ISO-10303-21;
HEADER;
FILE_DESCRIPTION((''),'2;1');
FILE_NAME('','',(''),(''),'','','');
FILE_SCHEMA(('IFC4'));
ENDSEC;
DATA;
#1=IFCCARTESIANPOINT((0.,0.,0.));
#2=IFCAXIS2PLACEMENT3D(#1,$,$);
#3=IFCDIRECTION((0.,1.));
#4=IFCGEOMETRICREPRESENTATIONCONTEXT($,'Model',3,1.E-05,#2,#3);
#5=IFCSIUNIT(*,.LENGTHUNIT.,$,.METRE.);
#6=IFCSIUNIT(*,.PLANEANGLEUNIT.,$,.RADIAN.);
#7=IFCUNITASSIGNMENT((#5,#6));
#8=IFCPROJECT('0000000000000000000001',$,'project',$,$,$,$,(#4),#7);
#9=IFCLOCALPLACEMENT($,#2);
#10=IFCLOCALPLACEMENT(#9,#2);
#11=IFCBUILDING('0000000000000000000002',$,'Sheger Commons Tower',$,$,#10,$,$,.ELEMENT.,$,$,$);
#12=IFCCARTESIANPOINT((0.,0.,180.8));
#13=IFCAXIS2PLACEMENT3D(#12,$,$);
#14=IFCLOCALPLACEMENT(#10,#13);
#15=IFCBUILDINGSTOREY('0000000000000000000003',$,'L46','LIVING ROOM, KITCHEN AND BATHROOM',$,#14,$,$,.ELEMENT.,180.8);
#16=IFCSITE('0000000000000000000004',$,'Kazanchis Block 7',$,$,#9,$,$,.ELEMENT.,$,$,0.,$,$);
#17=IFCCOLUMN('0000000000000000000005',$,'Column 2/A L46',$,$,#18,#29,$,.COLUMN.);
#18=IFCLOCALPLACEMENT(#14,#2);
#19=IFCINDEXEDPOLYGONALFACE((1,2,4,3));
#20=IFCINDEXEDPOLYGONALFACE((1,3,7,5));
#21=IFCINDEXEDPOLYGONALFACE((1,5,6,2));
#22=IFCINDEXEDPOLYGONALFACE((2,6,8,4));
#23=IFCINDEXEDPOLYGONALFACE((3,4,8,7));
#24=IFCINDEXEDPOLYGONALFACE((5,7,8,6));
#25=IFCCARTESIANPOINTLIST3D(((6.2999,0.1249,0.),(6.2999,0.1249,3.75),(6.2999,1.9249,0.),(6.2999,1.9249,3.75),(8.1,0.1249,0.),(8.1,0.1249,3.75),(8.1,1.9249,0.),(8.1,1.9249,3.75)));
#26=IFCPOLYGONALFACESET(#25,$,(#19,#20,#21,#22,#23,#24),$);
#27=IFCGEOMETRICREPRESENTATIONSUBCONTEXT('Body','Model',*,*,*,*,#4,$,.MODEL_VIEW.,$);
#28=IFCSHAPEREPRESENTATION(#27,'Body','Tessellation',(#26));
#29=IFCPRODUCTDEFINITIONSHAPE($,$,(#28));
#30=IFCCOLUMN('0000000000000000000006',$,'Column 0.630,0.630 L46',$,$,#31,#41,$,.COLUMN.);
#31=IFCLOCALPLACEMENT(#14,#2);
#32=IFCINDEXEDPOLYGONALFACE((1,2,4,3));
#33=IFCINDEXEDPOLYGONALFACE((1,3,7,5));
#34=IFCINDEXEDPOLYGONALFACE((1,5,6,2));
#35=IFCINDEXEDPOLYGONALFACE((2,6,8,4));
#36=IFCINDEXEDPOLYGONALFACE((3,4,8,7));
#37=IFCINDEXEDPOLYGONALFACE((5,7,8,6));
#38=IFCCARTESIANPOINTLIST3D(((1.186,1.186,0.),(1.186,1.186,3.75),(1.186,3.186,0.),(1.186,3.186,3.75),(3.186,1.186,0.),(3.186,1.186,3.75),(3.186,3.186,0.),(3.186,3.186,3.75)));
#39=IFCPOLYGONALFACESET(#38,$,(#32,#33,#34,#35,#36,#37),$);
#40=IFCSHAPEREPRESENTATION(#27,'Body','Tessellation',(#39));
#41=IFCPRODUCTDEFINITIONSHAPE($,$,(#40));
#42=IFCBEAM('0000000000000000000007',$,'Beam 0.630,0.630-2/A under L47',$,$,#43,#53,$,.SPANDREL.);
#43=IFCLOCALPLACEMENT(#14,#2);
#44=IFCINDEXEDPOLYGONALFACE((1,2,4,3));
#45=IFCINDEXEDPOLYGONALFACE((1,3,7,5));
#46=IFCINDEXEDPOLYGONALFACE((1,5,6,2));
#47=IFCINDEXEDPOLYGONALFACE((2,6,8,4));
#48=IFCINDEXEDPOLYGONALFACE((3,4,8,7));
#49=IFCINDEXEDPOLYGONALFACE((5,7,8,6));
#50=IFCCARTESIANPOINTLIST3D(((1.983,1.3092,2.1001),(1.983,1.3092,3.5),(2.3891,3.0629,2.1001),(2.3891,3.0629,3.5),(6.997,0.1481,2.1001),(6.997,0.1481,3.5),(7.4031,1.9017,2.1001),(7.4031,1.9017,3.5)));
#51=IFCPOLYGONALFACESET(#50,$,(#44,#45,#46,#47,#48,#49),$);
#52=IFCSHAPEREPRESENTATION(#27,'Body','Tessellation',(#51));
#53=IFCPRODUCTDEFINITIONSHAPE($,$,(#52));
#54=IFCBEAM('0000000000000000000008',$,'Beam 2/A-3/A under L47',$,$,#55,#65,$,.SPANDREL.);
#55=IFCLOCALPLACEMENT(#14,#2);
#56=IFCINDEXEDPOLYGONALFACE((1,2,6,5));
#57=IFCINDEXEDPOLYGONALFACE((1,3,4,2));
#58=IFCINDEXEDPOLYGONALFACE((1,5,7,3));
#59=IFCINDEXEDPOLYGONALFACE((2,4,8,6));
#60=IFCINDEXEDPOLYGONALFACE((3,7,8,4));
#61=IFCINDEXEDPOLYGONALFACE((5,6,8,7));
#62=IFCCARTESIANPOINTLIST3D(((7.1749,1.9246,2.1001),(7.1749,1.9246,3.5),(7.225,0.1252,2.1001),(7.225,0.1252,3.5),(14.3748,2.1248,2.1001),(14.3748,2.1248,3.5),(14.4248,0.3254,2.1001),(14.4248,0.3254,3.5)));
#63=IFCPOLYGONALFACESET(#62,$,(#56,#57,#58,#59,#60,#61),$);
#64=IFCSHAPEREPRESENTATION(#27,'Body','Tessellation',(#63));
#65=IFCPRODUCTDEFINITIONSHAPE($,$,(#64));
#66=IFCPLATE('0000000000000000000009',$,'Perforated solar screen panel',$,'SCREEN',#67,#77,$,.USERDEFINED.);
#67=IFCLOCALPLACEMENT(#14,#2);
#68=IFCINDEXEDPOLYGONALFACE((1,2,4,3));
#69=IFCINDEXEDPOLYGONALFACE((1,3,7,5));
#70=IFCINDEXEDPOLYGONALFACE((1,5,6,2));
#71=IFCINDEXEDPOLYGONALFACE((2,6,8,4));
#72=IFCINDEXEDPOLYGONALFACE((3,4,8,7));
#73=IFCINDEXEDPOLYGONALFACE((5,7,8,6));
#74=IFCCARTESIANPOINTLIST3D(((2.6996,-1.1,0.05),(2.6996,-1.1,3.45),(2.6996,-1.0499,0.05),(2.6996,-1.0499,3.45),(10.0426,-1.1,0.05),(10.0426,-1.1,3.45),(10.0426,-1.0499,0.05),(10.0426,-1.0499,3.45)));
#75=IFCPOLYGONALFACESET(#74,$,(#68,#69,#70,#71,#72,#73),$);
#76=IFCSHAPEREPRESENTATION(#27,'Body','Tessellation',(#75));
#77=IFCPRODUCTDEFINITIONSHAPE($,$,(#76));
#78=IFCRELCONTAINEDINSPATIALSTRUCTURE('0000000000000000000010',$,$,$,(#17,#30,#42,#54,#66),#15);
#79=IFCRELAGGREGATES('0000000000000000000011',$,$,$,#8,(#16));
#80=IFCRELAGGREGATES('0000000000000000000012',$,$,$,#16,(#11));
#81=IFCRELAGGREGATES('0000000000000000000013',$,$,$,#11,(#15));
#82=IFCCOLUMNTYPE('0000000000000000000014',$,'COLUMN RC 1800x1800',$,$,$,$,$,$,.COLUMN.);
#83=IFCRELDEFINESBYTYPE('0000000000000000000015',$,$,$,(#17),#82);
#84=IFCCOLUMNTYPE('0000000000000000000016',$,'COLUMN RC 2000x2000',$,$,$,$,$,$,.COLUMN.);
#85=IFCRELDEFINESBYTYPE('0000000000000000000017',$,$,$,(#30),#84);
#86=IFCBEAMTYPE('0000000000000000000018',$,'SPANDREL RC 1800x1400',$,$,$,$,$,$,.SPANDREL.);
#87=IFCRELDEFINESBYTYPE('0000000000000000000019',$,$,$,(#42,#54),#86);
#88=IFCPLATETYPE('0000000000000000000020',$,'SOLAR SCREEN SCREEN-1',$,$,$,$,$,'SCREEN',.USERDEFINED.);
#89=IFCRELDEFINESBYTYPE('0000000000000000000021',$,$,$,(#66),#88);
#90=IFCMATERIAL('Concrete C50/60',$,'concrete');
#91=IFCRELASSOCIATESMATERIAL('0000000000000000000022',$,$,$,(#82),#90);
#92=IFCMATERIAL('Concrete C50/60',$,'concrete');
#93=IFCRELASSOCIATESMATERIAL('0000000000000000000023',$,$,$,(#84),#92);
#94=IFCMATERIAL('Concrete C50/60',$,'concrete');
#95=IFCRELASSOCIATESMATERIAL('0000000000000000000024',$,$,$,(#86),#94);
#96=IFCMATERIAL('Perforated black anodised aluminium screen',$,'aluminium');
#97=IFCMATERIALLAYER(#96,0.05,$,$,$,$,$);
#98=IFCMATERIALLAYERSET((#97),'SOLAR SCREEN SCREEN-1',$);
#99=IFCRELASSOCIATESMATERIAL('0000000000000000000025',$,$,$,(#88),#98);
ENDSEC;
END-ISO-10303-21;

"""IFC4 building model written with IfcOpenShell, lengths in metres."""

from ifc_helpers import new_model, si_unit, direction, frame, origin, origin_2d, place, context, subcontext, project, spatial, rectangle, extrude, material, layer, layer_set, material_profile, profile_set, type_object, element, save


model = new_model("IFC4")

# Units and contexts
model_context = context("Model", 3, precision=1e-05, world=origin(), true_north=direction((0.0, 1.0)))
body_context = subcontext(model_context, "Body", "Model", "MODEL_VIEW")
ifc_project = project(units=[si_unit("LENGTHUNIT", "METRE"), si_unit("PLANEANGLEUNIT", "RADIAN")], contexts=[model_context])

# Site, building, storey
site_placement = place(None, origin())
site = spatial("IfcSite", under=ifc_project, at=site_placement, Name="Kazanchis Block 7", CompositionType="ELEMENT", RefElevation=0.0)
building_placement = place(site_placement, origin())
building = spatial("IfcBuilding", under=site, at=building_placement, Name="Sheger Commons Tower", CompositionType="ELEMENT")
storey_placement = place(building_placement, frame((0.0, 0.0, 180.8)))
storey = spatial("IfcBuildingStorey", under=building, at=storey_placement, Name="L46", Description="LIVING ROOM, KITCHEN AND BATHROOM", CompositionType="ELEMENT", Elevation=180.8)

# Columns
ifc_material_1 = material(Name="Concrete C50/60", Category="concrete")
ifc_material_profile_1 = material_profile(ifc_material_1, rectangle(XDim=1.8, YDim=1.8, at=origin_2d()), Name="RC 1800x1800")
ifc_profile_set_1 = profile_set([ifc_material_profile_1], Name="Concrete C50/60")
column_type_1 = type_object("IfcColumnType", Name="COLUMN RC 1800x1800", PredefinedType="COLUMN", material=ifc_profile_set_1)
column_1_placement = place(storey_placement, frame((7.2, 1.0249, 0.0), z_axis=(0.0, 0.0, 1.0), x_axis=(1.0, 0.0, 0.0)))
element("IfcColumn", 1, at=column_1_placement, inside=storey, type_object=column_type_1, Name="Column 2/A L46", PredefinedType="COLUMN", context=body_context, shape_type="SweptSolid", body=[
    extrude(rectangle(XDim=1.8, YDim=1.8, at=origin_2d()), origin(), (0.0, 0.0, 1.0), 3.75),
])
ifc_material_2 = material(Name="Concrete C50/60", Category="concrete")
ifc_material_profile_2 = material_profile(ifc_material_2, rectangle(XDim=2.0, YDim=2.0, at=origin_2d()), Name="RC 2000x2000")
ifc_profile_set_2 = profile_set([ifc_material_profile_2], Name="Concrete C50/60")
column_type_2 = type_object("IfcColumnType", Name="COLUMN RC 2000x2000", PredefinedType="COLUMN", material=ifc_profile_set_2)
column_2_placement = place(storey_placement, frame((2.186, 2.186, 0.0), z_axis=(0.0, 0.0, 1.0), x_axis=(1.0, 0.0, 0.0)))
element("IfcColumn", 2, at=column_2_placement, inside=storey, type_object=column_type_2, Name="Column 0.630,0.630 L46", PredefinedType="COLUMN", context=body_context, shape_type="SweptSolid", body=[
    extrude(rectangle(XDim=2.0, YDim=2.0, at=origin_2d()), origin(), (0.0, 0.0, 1.0), 3.75),
])

# Beams
ifc_material_3 = material(Name="Concrete C50/60", Category="concrete")
ifc_material_profile_3 = material_profile(ifc_material_3, rectangle(XDim=1.8, YDim=1.3999, at=origin_2d()), Name="RC 1800x1400")
ifc_profile_set_3 = profile_set([ifc_material_profile_3], Name="Concrete C50/60")
beam_type = type_object("IfcBeamType", Name="SPANDREL RC 1800x1400", PredefinedType="SPANDREL", material=ifc_profile_set_3)
beam_1_placement = place(storey_placement, frame((2.186, 2.186, 2.8), z_axis=(0.974217, -0.225611, 0.0), x_axis=(0.225611, 0.974217, 0.0)))
element("IfcBeam", 3, at=beam_1_placement, inside=storey, type_object=beam_type, Name="Beam 0.630,0.630-2/A under L47", PredefinedType="SPANDREL", context=body_context, shape_type="SweptSolid", body=[
    extrude(rectangle(XDim=1.8, YDim=1.3999, at=origin_2d()), origin(), (0.0, 0.0, 1.0), 5.1467),
])
beam_2_placement = place(storey_placement, frame((7.2, 1.0249, 2.8), z_axis=(0.999614, 0.027794, 0.0), x_axis=(-0.027794, 0.999614, 0.0)))
element("IfcBeam", 4, at=beam_2_placement, inside=storey, type_object=beam_type, Name="Beam 2/A-3/A under L47", PredefinedType="SPANDREL", context=body_context, shape_type="SweptSolid", body=[
    extrude(rectangle(XDim=1.8, YDim=1.3999, at=origin_2d()), origin(), (0.0, 0.0, 1.0), 7.2026),
])

# Plate
ifc_material_4 = material(Name="Perforated black anodised aluminium screen", Category="aluminium")
ifc_layer_1 = layer(ifc_material_4, 0.05)
ifc_layer_set_1 = layer_set([ifc_layer_1], Name="SOLAR SCREEN SCREEN-1")
plate_type = type_object("IfcPlateType", Name="SOLAR SCREEN SCREEN-1", ElementType="SCREEN", PredefinedType="USERDEFINED", material=ifc_layer_set_1)
plate_placement = place(storey_placement, frame((6.3711, -1.075, 0.05), z_axis=(0.0, 0.0, 1.0), x_axis=(1.0, 0.0, 0.0)))
element("IfcPlate", 5, at=plate_placement, inside=storey, type_object=plate_type, Name="Perforated solar screen panel", ObjectType="SCREEN", PredefinedType="USERDEFINED", context=body_context, shape_type="SweptSolid", body=[
    extrude(rectangle(XDim=7.343, YDim=0.05, at=origin_2d()), origin(), (0.0, 0.0, 1.0), 3.3999),
])

save(model, "model.ifc")
